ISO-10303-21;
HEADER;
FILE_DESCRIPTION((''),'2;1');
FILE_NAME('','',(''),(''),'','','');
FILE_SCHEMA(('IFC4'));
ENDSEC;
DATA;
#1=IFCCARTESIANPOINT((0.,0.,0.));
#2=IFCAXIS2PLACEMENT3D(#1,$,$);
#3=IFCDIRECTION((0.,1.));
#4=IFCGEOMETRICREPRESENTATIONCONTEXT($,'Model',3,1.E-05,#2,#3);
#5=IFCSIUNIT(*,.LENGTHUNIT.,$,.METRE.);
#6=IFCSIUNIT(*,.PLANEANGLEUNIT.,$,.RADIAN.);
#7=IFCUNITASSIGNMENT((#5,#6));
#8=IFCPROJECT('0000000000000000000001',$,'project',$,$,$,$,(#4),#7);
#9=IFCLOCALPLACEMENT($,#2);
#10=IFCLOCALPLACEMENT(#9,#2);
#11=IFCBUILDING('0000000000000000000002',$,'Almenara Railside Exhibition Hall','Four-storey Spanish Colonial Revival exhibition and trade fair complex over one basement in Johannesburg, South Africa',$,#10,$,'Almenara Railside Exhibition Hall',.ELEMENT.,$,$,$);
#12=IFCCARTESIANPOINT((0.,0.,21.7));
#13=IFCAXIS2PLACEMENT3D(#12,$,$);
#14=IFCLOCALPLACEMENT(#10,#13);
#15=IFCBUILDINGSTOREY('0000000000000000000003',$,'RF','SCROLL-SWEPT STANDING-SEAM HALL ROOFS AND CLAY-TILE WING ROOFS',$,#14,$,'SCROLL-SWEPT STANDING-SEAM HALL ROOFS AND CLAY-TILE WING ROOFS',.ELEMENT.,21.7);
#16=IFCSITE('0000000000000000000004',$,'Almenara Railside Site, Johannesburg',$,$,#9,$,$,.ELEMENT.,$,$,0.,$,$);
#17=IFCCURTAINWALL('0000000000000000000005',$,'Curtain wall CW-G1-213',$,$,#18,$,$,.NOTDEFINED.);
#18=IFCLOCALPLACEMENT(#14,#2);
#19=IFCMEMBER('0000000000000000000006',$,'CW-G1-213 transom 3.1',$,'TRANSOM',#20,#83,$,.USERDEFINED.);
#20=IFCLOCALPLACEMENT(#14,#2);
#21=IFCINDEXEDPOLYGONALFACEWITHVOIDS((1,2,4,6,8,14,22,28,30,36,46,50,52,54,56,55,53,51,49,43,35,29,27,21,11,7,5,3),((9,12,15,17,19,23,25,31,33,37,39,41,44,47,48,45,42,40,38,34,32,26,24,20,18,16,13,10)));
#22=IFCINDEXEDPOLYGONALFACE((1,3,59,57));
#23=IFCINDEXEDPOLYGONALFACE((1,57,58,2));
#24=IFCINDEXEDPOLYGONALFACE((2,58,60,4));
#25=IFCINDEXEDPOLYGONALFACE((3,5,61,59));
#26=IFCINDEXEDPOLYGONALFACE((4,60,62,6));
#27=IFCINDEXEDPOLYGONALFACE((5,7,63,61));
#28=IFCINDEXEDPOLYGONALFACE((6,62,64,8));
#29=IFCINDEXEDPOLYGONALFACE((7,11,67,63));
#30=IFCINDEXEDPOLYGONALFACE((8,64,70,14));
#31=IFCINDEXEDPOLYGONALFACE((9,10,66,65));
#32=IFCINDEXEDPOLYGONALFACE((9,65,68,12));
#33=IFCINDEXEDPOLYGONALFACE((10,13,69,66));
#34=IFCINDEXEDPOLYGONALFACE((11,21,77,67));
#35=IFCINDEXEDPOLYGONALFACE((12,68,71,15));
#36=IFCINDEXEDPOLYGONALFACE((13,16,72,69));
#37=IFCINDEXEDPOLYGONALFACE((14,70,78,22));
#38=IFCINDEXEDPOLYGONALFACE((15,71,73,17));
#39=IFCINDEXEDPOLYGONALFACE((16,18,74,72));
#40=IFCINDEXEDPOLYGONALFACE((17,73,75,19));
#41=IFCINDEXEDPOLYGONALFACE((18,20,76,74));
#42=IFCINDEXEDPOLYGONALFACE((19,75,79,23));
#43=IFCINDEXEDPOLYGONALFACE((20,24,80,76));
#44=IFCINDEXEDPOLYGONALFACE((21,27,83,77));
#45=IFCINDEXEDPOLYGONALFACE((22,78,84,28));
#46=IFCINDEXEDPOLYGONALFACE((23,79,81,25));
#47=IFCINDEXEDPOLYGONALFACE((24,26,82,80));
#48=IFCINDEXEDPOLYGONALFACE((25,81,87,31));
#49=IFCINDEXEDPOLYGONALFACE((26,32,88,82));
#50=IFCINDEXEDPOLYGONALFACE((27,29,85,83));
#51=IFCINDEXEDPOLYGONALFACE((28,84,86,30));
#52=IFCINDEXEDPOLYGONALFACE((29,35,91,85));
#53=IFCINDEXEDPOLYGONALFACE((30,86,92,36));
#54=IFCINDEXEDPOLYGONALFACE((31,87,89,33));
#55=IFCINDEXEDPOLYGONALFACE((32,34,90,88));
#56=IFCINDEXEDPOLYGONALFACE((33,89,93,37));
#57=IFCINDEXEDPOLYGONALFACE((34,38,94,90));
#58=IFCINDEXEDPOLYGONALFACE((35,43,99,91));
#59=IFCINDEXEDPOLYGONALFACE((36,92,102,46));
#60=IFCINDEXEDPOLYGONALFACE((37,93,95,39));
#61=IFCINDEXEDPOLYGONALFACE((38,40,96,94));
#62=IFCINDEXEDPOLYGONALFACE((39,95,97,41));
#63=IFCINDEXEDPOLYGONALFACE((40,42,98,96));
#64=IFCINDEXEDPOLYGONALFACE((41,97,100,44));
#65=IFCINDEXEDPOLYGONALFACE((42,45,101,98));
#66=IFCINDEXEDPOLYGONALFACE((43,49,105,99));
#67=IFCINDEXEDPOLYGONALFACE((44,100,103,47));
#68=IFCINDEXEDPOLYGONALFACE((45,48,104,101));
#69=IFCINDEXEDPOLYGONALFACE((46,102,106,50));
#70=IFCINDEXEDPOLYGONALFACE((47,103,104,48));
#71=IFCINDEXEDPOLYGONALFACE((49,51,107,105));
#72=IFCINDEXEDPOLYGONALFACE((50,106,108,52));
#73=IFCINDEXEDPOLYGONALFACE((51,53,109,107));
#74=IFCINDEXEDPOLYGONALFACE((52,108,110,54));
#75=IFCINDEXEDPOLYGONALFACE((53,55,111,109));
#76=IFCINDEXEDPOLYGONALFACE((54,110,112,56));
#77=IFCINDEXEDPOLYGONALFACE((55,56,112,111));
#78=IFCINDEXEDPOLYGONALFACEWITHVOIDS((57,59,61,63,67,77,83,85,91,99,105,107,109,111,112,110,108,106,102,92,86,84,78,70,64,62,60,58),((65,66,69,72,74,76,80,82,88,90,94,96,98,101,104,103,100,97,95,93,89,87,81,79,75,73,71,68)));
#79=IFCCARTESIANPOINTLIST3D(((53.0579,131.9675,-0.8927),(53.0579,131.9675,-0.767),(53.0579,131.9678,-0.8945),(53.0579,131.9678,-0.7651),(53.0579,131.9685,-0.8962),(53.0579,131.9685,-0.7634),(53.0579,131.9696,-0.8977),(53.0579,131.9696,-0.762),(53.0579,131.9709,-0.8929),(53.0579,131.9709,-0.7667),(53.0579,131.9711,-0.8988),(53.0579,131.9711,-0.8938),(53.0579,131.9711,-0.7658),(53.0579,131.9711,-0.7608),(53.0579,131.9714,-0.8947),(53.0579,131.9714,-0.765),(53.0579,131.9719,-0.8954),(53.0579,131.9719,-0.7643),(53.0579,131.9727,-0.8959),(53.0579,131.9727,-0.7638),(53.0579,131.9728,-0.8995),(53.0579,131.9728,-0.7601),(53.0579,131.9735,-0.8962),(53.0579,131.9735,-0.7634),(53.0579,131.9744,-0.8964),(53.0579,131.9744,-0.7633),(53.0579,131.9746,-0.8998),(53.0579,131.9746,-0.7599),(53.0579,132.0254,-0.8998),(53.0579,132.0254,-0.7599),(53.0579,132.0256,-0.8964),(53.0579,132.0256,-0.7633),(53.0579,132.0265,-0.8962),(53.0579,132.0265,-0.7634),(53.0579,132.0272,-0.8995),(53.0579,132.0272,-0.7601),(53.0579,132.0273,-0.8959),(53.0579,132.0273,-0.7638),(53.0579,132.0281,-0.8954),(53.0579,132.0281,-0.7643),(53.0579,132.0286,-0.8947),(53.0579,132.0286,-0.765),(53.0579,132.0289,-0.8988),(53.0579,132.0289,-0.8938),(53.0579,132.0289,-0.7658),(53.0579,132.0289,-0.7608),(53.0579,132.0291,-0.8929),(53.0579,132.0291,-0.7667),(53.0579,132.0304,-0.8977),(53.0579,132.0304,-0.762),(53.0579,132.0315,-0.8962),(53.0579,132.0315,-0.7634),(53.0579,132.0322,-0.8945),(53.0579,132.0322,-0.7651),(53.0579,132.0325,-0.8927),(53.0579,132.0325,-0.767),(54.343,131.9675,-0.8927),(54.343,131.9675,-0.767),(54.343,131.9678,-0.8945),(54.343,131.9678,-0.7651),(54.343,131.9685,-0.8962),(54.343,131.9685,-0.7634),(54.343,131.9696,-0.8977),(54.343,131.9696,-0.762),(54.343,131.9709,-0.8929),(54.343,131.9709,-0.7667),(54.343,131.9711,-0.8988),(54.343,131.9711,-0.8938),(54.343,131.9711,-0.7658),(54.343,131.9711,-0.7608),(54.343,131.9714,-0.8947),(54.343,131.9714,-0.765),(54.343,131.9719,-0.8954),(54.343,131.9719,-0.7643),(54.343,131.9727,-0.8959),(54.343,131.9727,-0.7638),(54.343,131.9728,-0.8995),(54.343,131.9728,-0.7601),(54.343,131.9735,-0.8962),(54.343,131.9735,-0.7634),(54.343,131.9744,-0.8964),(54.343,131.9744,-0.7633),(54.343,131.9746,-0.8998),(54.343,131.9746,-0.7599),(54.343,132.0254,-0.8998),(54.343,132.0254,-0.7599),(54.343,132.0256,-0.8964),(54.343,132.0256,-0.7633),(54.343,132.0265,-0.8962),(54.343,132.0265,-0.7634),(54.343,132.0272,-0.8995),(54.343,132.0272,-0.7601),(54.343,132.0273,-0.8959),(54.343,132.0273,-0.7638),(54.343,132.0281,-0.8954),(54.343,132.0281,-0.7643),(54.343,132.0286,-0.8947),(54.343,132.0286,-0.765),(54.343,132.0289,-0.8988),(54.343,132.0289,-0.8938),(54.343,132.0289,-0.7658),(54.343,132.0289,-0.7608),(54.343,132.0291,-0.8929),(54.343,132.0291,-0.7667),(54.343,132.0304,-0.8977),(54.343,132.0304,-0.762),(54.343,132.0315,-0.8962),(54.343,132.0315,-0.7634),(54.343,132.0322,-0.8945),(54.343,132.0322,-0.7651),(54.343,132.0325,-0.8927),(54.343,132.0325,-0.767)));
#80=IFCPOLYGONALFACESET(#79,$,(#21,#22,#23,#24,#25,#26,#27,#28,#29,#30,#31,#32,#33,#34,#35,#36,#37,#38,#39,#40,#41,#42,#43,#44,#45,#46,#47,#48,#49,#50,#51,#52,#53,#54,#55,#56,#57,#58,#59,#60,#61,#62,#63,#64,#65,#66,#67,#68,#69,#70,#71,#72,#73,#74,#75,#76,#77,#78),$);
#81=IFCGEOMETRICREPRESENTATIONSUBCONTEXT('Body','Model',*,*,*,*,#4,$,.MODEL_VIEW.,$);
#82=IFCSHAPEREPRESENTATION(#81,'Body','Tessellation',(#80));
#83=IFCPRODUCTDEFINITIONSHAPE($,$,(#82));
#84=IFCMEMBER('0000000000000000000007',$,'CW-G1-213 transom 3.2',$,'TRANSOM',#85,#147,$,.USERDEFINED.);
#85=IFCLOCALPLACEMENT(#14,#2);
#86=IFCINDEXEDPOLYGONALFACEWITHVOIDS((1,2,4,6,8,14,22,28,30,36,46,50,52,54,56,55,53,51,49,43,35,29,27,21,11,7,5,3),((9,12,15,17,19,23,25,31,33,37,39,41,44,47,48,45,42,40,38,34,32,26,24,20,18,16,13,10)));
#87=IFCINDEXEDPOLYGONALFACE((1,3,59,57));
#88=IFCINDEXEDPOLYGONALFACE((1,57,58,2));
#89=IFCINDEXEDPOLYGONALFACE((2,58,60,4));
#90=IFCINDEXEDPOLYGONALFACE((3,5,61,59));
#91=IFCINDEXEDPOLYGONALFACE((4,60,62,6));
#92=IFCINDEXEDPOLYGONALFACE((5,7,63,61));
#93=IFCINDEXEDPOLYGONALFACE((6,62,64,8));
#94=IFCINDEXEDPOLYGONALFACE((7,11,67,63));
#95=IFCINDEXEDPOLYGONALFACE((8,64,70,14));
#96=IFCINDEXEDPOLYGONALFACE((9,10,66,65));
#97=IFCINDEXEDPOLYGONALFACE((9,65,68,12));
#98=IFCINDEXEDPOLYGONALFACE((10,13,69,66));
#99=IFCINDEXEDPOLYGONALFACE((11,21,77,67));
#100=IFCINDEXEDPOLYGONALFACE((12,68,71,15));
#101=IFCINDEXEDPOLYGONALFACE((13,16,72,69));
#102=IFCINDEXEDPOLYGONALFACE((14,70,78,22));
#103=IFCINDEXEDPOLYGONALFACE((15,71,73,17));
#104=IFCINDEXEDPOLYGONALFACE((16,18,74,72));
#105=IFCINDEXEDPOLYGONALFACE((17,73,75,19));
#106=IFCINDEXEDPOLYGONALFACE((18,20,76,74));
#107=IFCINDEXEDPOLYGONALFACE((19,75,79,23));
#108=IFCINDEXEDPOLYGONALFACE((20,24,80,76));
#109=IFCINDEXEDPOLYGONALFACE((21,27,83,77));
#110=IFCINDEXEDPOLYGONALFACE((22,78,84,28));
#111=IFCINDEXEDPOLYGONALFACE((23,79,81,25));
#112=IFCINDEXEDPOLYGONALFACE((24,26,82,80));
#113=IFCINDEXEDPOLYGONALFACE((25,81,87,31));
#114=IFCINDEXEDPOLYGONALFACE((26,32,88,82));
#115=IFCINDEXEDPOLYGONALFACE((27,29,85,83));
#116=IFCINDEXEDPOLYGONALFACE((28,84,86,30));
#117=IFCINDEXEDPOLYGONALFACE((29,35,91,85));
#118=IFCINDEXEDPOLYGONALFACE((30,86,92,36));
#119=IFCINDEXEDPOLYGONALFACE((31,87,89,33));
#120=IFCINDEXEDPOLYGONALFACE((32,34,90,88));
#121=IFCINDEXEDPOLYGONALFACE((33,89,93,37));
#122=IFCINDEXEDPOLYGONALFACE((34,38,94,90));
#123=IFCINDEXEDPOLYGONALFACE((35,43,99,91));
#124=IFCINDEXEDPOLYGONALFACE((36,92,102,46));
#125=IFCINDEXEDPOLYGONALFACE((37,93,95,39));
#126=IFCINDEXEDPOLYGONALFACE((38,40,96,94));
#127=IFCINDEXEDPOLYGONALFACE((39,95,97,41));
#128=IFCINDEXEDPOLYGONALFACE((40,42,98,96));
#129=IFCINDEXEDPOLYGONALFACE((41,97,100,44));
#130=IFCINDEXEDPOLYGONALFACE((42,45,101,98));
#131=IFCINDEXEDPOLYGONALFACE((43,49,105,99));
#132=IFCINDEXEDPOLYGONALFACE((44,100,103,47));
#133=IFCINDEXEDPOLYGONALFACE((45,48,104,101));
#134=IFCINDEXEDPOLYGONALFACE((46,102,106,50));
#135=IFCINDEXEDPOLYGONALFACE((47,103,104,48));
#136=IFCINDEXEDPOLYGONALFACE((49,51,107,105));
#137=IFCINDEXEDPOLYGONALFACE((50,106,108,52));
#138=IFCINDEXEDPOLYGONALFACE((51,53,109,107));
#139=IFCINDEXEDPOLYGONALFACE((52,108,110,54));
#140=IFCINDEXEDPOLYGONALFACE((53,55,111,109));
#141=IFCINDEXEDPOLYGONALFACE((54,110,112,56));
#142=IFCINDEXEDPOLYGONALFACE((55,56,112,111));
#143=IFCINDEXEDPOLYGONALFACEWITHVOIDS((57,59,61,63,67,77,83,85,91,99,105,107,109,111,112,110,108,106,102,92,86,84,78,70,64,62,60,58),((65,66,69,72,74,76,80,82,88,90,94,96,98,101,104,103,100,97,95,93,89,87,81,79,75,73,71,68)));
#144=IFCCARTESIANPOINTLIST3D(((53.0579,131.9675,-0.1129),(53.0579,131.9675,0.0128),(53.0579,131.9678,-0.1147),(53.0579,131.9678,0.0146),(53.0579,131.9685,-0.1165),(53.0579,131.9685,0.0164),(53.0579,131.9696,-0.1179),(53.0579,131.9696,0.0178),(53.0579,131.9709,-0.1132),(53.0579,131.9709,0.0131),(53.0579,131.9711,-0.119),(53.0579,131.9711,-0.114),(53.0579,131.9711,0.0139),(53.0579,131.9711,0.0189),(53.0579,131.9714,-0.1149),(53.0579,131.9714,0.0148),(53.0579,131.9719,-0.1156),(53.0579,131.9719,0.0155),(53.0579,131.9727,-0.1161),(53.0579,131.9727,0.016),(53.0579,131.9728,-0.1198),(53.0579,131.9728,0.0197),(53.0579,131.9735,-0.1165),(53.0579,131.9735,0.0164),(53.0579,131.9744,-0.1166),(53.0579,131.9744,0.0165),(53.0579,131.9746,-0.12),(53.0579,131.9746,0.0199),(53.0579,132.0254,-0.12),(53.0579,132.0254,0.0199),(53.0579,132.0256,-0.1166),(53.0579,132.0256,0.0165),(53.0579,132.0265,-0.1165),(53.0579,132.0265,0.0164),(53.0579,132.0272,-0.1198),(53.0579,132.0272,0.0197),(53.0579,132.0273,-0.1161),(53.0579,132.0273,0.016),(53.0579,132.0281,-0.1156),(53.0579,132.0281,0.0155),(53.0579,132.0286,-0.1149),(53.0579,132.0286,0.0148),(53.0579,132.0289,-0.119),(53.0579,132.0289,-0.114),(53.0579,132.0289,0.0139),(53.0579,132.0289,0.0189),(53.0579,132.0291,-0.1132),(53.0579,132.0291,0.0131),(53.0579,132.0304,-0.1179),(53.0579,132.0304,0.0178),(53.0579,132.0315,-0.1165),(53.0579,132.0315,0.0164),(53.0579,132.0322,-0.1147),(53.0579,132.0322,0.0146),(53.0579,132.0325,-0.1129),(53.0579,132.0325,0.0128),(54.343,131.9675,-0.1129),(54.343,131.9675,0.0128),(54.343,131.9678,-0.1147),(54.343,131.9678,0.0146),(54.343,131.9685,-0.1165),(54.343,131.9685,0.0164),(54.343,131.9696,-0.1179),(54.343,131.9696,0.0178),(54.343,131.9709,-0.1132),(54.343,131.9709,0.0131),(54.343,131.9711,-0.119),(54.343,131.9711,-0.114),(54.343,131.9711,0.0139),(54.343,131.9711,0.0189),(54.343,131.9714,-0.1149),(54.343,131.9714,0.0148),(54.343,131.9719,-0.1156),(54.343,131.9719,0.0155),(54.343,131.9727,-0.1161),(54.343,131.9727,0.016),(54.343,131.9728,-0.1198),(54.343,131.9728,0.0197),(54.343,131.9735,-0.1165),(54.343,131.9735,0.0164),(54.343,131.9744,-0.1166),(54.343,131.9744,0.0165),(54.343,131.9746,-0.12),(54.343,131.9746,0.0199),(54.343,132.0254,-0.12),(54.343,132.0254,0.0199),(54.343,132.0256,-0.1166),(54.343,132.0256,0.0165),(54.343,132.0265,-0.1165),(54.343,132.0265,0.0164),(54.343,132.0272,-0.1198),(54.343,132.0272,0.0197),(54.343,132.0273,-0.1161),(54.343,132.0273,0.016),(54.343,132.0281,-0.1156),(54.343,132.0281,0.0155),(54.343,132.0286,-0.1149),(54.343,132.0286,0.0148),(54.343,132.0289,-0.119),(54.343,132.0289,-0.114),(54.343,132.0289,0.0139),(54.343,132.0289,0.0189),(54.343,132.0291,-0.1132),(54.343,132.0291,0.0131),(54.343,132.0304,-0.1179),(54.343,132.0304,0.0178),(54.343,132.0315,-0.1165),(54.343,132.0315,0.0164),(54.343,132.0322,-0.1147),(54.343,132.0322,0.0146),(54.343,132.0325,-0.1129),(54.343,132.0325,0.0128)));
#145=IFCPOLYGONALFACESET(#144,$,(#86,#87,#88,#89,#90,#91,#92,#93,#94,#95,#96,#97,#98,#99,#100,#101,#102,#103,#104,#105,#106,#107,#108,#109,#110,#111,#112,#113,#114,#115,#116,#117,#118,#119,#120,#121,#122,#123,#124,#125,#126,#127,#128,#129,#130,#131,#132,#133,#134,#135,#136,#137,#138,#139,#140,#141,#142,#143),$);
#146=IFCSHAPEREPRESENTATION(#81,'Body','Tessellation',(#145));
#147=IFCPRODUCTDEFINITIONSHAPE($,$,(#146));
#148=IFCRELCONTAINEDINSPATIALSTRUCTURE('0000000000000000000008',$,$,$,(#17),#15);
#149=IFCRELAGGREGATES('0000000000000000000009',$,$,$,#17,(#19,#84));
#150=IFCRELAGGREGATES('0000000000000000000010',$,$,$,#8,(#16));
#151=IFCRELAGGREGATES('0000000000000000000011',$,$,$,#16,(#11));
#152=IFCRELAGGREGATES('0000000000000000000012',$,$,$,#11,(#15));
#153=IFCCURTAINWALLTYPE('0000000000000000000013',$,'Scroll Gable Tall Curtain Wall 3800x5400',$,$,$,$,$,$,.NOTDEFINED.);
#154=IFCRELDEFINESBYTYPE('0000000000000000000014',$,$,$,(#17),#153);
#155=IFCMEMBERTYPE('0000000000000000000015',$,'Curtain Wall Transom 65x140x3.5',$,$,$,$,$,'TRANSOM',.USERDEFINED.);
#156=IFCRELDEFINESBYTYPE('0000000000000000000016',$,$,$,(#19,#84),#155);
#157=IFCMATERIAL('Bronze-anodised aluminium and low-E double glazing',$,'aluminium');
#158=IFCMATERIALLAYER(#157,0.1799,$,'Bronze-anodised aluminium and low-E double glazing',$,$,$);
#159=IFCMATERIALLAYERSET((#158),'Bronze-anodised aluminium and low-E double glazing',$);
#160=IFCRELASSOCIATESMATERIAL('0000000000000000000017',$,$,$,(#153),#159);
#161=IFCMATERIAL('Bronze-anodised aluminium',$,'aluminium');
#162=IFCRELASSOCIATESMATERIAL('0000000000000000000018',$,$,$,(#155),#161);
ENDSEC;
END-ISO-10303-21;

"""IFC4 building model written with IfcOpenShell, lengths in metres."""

from ifc_helpers import new_model, si_unit, direction, frame, origin, origin_2d, place, context, subcontext, project, spatial, hollow_rectangle, extrude, material, layer, layer_set, material_profile, profile_set, type_object, element, aggregate, save


model = new_model("IFC4")

# Units and contexts
model_context = context("Model", 3, precision=1e-05, world=origin(), true_north=direction((0.0, 1.0)))
body_context = subcontext(model_context, "Body", "Model", "MODEL_VIEW")
ifc_project = project(units=[si_unit("LENGTHUNIT", "METRE"), si_unit("PLANEANGLEUNIT", "RADIAN")], contexts=[model_context])

# Site, building, storey
site_placement = place(None, origin())
site = spatial("IfcSite", under=ifc_project, at=site_placement, Name="Almenara Railside Site, Johannesburg", CompositionType="ELEMENT", RefElevation=0.0)
building_placement = place(site_placement, origin())
building = spatial("IfcBuilding", under=site, at=building_placement, Name="Almenara Railside Exhibition Hall", Description="Four-storey Spanish Colonial Revival exhibition and trade fair complex over one basement in Johannesburg, South Africa", LongName="Almenara Railside Exhibition Hall", CompositionType="ELEMENT")
storey_placement = place(building_placement, frame((0.0, 0.0, 21.7)))
storey = spatial("IfcBuildingStorey", under=building, at=storey_placement, Name="RF", Description="SCROLL-SWEPT STANDING-SEAM HALL ROOFS AND CLAY-TILE WING ROOFS", LongName="SCROLL-SWEPT STANDING-SEAM HALL ROOFS AND CLAY-TILE WING ROOFS", CompositionType="ELEMENT", Elevation=21.7)

# Shared definitions
ifc_material_1 = material(Name="Bronze-anodised aluminium and low-E double glazing", Category="aluminium")
ifc_layer_1 = layer(ifc_material_1, 0.1799, Name="Bronze-anodised aluminium and low-E double glazing")
ifc_layer_set_1 = layer_set([ifc_layer_1], Name="Bronze-anodised aluminium and low-E double glazing")
curtain_wall_type = type_object("IfcCurtainWallType", Name="Scroll Gable Tall Curtain Wall 3800x5400", PredefinedType="NOTDEFINED", material=ifc_layer_set_1)
ifc_material_2 = material(Name="Bronze-anodised aluminium", Category="aluminium")

# Curtain wall
curtain_wall_1_placement = place(storey_placement, origin())
curtain_wall_1 = element("IfcCurtainWall", 1, at=curtain_wall_1_placement, inside=storey, type_object=curtain_wall_type, Name="Curtain wall CW-G1-213", PredefinedType="NOTDEFINED")

# Members
ifc_material_profile_1 = material_profile(ifc_material_2, hollow_rectangle(XDim=0.0649, YDim=0.1399, WallThickness=0.0034, InnerFilletRadius=0.0034, OuterFilletRadius=0.0071, at=origin_2d()), Name="ALU-TRN 65x140x3.5")
ifc_profile_set_1 = profile_set([ifc_material_profile_1], Name="Bronze-anodised aluminium")
member_type_1 = type_object("IfcMemberType", Name="Curtain Wall Transom 65x140x3.5", ElementType="TRANSOM", PredefinedType="USERDEFINED", material=ifc_profile_set_1)
member_1_placement = place(storey_placement, frame((53.0579, 132.0, -0.8298), z_axis=(1.0, 0.0, 0.0), x_axis=(0.0, 1.0, 0.0)))
member_1 = element("IfcMember", 2, at=member_1_placement, type_object=member_type_1, Name="CW-G1-213 transom 3.1", ObjectType="TRANSOM", PredefinedType="USERDEFINED", context=body_context, shape_type="SweptSolid", body=[
    extrude(hollow_rectangle(XDim=0.0649, YDim=0.1399, WallThickness=0.0034, InnerFilletRadius=0.0034, OuterFilletRadius=0.0071, at=origin_2d()), origin(), (0.0, 0.0, 1.0), 1.2852),
])
member_2_placement = place(storey_placement, frame((53.0579, 132.0, -0.05), z_axis=(1.0, 0.0, 0.0), x_axis=(0.0, 1.0, 0.0)))
member_2 = element("IfcMember", 3, at=member_2_placement, type_object=member_type_1, Name="CW-G1-213 transom 3.2", ObjectType="TRANSOM", PredefinedType="USERDEFINED", context=body_context, shape_type="SweptSolid", body=[
    extrude(hollow_rectangle(XDim=0.0649, YDim=0.1399, WallThickness=0.0034, InnerFilletRadius=0.0034, OuterFilletRadius=0.0071, at=origin_2d()), origin(), (0.0, 0.0, 1.0), 1.2852),
])

aggregate(curtain_wall_1, [member_1, member_2])

save(model, "model.ifc")
